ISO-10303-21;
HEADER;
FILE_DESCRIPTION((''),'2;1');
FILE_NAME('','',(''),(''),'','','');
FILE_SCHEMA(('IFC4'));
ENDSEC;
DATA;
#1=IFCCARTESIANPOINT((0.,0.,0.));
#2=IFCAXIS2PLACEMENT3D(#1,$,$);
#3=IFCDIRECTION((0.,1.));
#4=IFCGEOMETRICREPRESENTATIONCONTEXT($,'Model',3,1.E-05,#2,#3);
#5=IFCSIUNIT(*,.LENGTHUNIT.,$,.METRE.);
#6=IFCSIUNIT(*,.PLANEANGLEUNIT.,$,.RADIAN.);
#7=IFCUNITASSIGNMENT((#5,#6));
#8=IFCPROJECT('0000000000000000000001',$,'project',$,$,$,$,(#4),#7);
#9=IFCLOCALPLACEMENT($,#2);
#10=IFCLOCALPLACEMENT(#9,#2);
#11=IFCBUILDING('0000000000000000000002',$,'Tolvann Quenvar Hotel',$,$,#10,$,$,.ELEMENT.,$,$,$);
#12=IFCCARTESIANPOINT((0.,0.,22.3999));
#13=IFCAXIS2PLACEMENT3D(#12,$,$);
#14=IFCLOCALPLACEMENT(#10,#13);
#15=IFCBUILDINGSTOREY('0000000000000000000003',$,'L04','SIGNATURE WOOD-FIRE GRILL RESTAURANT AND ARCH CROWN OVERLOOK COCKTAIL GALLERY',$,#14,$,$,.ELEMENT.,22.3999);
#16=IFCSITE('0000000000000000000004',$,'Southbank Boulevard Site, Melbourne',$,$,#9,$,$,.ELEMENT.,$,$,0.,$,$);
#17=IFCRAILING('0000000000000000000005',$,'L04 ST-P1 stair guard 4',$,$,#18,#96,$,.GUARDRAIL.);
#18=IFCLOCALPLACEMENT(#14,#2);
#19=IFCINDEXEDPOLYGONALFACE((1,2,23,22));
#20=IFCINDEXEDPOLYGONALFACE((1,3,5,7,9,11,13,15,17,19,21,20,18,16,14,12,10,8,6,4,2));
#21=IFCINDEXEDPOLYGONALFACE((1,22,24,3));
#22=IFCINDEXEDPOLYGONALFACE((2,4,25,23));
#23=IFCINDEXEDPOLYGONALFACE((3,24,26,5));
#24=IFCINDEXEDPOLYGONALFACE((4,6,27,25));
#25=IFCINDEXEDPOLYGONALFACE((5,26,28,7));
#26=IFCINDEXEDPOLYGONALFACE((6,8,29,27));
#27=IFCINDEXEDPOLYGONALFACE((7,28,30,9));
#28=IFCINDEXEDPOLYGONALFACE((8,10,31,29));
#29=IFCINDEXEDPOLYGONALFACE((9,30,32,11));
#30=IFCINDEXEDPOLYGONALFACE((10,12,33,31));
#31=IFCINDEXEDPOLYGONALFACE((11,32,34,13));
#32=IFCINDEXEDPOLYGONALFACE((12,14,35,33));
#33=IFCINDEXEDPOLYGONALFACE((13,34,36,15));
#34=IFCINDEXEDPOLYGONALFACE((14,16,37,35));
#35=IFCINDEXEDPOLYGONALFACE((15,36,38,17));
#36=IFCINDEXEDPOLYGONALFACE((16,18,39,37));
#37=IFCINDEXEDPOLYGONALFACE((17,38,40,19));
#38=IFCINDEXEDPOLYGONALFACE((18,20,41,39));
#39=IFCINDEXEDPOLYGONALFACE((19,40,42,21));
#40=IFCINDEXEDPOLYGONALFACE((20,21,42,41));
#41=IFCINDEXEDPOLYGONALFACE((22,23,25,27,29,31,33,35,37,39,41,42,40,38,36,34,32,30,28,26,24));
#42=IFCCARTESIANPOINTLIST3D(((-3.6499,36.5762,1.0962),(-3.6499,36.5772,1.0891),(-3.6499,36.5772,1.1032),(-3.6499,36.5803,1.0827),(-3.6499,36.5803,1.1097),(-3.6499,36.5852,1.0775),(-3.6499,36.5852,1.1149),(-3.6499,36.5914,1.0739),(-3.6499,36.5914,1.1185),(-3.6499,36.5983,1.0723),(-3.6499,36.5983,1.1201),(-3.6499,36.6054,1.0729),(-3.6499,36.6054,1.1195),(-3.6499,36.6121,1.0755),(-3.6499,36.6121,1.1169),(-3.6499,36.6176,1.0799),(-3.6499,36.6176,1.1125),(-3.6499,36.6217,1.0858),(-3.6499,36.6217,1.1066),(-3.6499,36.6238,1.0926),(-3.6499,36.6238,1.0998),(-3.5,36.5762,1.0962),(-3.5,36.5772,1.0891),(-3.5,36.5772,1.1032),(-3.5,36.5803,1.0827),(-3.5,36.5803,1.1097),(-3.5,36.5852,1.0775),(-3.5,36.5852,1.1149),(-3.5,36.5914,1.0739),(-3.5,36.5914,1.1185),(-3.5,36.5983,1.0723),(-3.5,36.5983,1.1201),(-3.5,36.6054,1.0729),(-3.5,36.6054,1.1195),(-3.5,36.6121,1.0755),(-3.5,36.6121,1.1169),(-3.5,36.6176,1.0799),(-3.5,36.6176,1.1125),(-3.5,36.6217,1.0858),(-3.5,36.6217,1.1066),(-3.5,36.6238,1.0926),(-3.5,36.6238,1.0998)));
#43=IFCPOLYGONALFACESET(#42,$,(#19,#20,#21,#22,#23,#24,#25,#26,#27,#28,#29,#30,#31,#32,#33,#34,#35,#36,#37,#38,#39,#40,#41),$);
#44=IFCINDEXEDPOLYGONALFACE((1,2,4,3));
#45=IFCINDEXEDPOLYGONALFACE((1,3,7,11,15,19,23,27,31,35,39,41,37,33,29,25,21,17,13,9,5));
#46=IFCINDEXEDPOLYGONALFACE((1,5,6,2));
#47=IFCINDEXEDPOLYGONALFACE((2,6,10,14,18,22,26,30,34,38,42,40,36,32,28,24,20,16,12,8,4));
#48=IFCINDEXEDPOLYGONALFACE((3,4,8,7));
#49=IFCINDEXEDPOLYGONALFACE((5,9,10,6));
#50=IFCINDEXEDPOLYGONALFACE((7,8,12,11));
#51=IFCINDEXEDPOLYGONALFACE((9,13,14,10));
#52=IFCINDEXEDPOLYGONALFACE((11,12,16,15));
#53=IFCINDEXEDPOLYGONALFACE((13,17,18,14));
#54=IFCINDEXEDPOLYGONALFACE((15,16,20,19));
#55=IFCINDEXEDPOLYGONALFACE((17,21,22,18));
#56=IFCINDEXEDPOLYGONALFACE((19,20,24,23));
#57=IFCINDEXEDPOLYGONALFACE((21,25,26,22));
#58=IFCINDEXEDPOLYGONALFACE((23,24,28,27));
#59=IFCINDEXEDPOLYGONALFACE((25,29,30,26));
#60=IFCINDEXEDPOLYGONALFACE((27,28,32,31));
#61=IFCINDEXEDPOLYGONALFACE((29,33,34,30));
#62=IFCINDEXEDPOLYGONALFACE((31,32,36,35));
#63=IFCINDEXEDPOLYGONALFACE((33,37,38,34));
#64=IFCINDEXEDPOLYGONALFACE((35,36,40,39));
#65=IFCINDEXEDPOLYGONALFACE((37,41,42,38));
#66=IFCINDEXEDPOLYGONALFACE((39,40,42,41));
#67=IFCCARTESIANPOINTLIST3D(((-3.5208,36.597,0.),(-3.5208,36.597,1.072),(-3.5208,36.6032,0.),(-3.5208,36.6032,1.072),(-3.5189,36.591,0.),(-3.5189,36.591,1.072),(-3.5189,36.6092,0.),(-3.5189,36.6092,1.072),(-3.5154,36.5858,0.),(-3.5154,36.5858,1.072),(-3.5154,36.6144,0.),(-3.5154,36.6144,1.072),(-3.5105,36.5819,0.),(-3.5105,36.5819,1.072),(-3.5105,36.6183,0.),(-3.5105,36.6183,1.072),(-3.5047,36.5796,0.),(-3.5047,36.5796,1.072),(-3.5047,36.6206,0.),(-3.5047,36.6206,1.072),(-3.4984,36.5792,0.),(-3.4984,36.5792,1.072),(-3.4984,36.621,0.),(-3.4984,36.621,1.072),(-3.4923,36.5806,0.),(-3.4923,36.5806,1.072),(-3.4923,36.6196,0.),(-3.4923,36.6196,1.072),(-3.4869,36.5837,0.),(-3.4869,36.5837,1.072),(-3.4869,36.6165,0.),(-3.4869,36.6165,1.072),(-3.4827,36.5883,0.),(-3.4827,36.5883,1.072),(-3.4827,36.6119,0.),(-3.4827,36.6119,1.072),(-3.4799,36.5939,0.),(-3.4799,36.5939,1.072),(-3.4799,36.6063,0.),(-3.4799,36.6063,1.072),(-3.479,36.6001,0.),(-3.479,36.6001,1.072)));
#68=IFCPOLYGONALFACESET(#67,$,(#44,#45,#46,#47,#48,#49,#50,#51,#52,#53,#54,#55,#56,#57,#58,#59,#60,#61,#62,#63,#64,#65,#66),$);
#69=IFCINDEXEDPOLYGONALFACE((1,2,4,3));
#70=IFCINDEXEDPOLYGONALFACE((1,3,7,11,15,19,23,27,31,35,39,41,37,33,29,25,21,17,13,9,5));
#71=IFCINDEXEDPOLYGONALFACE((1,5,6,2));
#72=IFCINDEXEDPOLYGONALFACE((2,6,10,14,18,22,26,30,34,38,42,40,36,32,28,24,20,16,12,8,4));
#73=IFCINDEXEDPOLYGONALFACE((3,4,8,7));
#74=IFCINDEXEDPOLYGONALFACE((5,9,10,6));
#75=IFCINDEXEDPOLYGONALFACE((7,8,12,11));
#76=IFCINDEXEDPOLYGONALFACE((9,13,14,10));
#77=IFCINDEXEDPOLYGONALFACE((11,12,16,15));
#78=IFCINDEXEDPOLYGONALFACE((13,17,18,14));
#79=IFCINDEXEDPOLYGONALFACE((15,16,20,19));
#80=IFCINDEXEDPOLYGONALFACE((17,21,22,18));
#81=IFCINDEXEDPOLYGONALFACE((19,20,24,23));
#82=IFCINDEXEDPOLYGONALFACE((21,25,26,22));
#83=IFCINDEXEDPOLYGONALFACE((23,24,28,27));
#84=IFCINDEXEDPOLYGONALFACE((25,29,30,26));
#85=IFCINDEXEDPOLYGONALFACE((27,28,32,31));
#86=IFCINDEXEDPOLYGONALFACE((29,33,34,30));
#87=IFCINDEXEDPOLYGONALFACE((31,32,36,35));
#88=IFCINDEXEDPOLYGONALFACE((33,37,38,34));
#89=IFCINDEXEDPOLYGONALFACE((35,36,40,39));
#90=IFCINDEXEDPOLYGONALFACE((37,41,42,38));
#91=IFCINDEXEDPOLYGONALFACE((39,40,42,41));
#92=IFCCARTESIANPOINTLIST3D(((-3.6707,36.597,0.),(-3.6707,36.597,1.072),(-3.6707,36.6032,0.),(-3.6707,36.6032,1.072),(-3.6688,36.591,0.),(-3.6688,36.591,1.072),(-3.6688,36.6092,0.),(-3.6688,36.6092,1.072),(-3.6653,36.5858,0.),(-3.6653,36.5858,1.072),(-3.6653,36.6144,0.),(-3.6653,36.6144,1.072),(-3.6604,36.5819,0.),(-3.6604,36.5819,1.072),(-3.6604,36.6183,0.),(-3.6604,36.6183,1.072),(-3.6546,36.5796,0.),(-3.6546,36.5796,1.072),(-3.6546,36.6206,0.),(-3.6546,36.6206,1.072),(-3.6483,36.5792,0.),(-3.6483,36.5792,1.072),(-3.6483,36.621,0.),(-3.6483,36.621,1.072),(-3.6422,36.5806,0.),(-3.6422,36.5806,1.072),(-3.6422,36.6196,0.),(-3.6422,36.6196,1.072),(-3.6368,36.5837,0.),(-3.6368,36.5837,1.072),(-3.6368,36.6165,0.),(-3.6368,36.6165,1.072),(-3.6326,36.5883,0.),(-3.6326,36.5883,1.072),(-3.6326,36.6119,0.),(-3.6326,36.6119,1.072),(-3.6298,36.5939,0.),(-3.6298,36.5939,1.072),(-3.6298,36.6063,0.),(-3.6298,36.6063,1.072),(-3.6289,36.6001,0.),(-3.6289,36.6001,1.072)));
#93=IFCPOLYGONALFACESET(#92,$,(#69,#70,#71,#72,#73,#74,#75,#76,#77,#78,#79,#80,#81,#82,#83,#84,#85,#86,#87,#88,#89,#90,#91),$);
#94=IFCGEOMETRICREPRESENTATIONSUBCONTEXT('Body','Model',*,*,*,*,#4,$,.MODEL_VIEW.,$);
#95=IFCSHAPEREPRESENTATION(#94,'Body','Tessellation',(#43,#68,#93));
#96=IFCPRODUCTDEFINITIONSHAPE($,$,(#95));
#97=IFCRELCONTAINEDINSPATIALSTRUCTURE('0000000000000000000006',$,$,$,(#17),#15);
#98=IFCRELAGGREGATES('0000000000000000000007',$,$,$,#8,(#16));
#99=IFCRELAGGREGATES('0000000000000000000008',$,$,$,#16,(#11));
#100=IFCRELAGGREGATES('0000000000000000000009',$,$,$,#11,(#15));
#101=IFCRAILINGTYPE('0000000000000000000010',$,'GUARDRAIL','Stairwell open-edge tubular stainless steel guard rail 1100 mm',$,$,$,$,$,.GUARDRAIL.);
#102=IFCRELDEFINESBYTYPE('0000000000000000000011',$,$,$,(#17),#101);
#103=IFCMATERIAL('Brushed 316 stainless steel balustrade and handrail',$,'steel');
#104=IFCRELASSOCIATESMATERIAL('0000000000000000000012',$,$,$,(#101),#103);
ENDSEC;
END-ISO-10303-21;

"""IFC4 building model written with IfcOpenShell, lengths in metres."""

from ifc_helpers import new_model, si_unit, direction, frame, origin, origin_2d, place, context, subcontext, project, spatial, circle, extrude, material, type_object, element, save


model = new_model("IFC4")

# Units and contexts
model_context = context("Model", 3, precision=1e-05, world=origin(), true_north=direction((0.0, 1.0)))
body_context = subcontext(model_context, "Body", "Model", "MODEL_VIEW")
ifc_project = project(units=[si_unit("LENGTHUNIT", "METRE"), si_unit("PLANEANGLEUNIT", "RADIAN")], contexts=[model_context])

# Site, building, storey
site_placement = place(None, origin())
site = spatial("IfcSite", under=ifc_project, at=site_placement, Name="Southbank Boulevard Site, Melbourne", CompositionType="ELEMENT", RefElevation=0.0)
building_placement = place(site_placement, origin())
building = spatial("IfcBuilding", under=site, at=building_placement, Name="Tolvann Quenvar Hotel", CompositionType="ELEMENT")
storey_placement = place(building_placement, frame((0.0, 0.0, 22.3999)))
storey = spatial("IfcBuildingStorey", under=building, at=storey_placement, Name="L04", Description="SIGNATURE WOOD-FIRE GRILL RESTAURANT AND ARCH CROWN OVERLOOK COCKTAIL GALLERY", CompositionType="ELEMENT", Elevation=22.3999)

# Railing
ifc_material_1 = material(Name="Brushed 316 stainless steel balustrade and handrail", Category="steel")
railing_type_1 = type_object("IfcRailingType", Name="GUARDRAIL", Description="Stairwell open-edge tubular stainless steel guard rail 1100 mm", PredefinedType="GUARDRAIL", material=ifc_material_1)
railing_1_placement = place(storey_placement, frame((-3.5, 36.6001, 0.0)))
element("IfcRailing", 1, at=railing_1_placement, inside=storey, type_object=railing_type_1, Name="L04 ST-P1 stair guard 4", PredefinedType="GUARDRAIL", context=body_context, shape_type="SweptSolid", body=[
    extrude(circle(Radius=0.0239, at=origin_2d()), frame((0.0, 0.0, 1.0962), z_axis=(-1.0, 0.0, 0.0), x_axis=(0.0, -1.0, 0.0)), (0.0, 0.0, 1.0), 0.1499),
    extrude(circle(Radius=0.021, at=origin_2d()), origin(), (0.0, 0.0, 1.0), 1.072),
    extrude(circle(Radius=0.021, at=origin_2d()), frame((-0.1499, 0.0, 0.0)), (0.0, 0.0, 1.0), 1.072),
])

save(model, "model.ifc")
